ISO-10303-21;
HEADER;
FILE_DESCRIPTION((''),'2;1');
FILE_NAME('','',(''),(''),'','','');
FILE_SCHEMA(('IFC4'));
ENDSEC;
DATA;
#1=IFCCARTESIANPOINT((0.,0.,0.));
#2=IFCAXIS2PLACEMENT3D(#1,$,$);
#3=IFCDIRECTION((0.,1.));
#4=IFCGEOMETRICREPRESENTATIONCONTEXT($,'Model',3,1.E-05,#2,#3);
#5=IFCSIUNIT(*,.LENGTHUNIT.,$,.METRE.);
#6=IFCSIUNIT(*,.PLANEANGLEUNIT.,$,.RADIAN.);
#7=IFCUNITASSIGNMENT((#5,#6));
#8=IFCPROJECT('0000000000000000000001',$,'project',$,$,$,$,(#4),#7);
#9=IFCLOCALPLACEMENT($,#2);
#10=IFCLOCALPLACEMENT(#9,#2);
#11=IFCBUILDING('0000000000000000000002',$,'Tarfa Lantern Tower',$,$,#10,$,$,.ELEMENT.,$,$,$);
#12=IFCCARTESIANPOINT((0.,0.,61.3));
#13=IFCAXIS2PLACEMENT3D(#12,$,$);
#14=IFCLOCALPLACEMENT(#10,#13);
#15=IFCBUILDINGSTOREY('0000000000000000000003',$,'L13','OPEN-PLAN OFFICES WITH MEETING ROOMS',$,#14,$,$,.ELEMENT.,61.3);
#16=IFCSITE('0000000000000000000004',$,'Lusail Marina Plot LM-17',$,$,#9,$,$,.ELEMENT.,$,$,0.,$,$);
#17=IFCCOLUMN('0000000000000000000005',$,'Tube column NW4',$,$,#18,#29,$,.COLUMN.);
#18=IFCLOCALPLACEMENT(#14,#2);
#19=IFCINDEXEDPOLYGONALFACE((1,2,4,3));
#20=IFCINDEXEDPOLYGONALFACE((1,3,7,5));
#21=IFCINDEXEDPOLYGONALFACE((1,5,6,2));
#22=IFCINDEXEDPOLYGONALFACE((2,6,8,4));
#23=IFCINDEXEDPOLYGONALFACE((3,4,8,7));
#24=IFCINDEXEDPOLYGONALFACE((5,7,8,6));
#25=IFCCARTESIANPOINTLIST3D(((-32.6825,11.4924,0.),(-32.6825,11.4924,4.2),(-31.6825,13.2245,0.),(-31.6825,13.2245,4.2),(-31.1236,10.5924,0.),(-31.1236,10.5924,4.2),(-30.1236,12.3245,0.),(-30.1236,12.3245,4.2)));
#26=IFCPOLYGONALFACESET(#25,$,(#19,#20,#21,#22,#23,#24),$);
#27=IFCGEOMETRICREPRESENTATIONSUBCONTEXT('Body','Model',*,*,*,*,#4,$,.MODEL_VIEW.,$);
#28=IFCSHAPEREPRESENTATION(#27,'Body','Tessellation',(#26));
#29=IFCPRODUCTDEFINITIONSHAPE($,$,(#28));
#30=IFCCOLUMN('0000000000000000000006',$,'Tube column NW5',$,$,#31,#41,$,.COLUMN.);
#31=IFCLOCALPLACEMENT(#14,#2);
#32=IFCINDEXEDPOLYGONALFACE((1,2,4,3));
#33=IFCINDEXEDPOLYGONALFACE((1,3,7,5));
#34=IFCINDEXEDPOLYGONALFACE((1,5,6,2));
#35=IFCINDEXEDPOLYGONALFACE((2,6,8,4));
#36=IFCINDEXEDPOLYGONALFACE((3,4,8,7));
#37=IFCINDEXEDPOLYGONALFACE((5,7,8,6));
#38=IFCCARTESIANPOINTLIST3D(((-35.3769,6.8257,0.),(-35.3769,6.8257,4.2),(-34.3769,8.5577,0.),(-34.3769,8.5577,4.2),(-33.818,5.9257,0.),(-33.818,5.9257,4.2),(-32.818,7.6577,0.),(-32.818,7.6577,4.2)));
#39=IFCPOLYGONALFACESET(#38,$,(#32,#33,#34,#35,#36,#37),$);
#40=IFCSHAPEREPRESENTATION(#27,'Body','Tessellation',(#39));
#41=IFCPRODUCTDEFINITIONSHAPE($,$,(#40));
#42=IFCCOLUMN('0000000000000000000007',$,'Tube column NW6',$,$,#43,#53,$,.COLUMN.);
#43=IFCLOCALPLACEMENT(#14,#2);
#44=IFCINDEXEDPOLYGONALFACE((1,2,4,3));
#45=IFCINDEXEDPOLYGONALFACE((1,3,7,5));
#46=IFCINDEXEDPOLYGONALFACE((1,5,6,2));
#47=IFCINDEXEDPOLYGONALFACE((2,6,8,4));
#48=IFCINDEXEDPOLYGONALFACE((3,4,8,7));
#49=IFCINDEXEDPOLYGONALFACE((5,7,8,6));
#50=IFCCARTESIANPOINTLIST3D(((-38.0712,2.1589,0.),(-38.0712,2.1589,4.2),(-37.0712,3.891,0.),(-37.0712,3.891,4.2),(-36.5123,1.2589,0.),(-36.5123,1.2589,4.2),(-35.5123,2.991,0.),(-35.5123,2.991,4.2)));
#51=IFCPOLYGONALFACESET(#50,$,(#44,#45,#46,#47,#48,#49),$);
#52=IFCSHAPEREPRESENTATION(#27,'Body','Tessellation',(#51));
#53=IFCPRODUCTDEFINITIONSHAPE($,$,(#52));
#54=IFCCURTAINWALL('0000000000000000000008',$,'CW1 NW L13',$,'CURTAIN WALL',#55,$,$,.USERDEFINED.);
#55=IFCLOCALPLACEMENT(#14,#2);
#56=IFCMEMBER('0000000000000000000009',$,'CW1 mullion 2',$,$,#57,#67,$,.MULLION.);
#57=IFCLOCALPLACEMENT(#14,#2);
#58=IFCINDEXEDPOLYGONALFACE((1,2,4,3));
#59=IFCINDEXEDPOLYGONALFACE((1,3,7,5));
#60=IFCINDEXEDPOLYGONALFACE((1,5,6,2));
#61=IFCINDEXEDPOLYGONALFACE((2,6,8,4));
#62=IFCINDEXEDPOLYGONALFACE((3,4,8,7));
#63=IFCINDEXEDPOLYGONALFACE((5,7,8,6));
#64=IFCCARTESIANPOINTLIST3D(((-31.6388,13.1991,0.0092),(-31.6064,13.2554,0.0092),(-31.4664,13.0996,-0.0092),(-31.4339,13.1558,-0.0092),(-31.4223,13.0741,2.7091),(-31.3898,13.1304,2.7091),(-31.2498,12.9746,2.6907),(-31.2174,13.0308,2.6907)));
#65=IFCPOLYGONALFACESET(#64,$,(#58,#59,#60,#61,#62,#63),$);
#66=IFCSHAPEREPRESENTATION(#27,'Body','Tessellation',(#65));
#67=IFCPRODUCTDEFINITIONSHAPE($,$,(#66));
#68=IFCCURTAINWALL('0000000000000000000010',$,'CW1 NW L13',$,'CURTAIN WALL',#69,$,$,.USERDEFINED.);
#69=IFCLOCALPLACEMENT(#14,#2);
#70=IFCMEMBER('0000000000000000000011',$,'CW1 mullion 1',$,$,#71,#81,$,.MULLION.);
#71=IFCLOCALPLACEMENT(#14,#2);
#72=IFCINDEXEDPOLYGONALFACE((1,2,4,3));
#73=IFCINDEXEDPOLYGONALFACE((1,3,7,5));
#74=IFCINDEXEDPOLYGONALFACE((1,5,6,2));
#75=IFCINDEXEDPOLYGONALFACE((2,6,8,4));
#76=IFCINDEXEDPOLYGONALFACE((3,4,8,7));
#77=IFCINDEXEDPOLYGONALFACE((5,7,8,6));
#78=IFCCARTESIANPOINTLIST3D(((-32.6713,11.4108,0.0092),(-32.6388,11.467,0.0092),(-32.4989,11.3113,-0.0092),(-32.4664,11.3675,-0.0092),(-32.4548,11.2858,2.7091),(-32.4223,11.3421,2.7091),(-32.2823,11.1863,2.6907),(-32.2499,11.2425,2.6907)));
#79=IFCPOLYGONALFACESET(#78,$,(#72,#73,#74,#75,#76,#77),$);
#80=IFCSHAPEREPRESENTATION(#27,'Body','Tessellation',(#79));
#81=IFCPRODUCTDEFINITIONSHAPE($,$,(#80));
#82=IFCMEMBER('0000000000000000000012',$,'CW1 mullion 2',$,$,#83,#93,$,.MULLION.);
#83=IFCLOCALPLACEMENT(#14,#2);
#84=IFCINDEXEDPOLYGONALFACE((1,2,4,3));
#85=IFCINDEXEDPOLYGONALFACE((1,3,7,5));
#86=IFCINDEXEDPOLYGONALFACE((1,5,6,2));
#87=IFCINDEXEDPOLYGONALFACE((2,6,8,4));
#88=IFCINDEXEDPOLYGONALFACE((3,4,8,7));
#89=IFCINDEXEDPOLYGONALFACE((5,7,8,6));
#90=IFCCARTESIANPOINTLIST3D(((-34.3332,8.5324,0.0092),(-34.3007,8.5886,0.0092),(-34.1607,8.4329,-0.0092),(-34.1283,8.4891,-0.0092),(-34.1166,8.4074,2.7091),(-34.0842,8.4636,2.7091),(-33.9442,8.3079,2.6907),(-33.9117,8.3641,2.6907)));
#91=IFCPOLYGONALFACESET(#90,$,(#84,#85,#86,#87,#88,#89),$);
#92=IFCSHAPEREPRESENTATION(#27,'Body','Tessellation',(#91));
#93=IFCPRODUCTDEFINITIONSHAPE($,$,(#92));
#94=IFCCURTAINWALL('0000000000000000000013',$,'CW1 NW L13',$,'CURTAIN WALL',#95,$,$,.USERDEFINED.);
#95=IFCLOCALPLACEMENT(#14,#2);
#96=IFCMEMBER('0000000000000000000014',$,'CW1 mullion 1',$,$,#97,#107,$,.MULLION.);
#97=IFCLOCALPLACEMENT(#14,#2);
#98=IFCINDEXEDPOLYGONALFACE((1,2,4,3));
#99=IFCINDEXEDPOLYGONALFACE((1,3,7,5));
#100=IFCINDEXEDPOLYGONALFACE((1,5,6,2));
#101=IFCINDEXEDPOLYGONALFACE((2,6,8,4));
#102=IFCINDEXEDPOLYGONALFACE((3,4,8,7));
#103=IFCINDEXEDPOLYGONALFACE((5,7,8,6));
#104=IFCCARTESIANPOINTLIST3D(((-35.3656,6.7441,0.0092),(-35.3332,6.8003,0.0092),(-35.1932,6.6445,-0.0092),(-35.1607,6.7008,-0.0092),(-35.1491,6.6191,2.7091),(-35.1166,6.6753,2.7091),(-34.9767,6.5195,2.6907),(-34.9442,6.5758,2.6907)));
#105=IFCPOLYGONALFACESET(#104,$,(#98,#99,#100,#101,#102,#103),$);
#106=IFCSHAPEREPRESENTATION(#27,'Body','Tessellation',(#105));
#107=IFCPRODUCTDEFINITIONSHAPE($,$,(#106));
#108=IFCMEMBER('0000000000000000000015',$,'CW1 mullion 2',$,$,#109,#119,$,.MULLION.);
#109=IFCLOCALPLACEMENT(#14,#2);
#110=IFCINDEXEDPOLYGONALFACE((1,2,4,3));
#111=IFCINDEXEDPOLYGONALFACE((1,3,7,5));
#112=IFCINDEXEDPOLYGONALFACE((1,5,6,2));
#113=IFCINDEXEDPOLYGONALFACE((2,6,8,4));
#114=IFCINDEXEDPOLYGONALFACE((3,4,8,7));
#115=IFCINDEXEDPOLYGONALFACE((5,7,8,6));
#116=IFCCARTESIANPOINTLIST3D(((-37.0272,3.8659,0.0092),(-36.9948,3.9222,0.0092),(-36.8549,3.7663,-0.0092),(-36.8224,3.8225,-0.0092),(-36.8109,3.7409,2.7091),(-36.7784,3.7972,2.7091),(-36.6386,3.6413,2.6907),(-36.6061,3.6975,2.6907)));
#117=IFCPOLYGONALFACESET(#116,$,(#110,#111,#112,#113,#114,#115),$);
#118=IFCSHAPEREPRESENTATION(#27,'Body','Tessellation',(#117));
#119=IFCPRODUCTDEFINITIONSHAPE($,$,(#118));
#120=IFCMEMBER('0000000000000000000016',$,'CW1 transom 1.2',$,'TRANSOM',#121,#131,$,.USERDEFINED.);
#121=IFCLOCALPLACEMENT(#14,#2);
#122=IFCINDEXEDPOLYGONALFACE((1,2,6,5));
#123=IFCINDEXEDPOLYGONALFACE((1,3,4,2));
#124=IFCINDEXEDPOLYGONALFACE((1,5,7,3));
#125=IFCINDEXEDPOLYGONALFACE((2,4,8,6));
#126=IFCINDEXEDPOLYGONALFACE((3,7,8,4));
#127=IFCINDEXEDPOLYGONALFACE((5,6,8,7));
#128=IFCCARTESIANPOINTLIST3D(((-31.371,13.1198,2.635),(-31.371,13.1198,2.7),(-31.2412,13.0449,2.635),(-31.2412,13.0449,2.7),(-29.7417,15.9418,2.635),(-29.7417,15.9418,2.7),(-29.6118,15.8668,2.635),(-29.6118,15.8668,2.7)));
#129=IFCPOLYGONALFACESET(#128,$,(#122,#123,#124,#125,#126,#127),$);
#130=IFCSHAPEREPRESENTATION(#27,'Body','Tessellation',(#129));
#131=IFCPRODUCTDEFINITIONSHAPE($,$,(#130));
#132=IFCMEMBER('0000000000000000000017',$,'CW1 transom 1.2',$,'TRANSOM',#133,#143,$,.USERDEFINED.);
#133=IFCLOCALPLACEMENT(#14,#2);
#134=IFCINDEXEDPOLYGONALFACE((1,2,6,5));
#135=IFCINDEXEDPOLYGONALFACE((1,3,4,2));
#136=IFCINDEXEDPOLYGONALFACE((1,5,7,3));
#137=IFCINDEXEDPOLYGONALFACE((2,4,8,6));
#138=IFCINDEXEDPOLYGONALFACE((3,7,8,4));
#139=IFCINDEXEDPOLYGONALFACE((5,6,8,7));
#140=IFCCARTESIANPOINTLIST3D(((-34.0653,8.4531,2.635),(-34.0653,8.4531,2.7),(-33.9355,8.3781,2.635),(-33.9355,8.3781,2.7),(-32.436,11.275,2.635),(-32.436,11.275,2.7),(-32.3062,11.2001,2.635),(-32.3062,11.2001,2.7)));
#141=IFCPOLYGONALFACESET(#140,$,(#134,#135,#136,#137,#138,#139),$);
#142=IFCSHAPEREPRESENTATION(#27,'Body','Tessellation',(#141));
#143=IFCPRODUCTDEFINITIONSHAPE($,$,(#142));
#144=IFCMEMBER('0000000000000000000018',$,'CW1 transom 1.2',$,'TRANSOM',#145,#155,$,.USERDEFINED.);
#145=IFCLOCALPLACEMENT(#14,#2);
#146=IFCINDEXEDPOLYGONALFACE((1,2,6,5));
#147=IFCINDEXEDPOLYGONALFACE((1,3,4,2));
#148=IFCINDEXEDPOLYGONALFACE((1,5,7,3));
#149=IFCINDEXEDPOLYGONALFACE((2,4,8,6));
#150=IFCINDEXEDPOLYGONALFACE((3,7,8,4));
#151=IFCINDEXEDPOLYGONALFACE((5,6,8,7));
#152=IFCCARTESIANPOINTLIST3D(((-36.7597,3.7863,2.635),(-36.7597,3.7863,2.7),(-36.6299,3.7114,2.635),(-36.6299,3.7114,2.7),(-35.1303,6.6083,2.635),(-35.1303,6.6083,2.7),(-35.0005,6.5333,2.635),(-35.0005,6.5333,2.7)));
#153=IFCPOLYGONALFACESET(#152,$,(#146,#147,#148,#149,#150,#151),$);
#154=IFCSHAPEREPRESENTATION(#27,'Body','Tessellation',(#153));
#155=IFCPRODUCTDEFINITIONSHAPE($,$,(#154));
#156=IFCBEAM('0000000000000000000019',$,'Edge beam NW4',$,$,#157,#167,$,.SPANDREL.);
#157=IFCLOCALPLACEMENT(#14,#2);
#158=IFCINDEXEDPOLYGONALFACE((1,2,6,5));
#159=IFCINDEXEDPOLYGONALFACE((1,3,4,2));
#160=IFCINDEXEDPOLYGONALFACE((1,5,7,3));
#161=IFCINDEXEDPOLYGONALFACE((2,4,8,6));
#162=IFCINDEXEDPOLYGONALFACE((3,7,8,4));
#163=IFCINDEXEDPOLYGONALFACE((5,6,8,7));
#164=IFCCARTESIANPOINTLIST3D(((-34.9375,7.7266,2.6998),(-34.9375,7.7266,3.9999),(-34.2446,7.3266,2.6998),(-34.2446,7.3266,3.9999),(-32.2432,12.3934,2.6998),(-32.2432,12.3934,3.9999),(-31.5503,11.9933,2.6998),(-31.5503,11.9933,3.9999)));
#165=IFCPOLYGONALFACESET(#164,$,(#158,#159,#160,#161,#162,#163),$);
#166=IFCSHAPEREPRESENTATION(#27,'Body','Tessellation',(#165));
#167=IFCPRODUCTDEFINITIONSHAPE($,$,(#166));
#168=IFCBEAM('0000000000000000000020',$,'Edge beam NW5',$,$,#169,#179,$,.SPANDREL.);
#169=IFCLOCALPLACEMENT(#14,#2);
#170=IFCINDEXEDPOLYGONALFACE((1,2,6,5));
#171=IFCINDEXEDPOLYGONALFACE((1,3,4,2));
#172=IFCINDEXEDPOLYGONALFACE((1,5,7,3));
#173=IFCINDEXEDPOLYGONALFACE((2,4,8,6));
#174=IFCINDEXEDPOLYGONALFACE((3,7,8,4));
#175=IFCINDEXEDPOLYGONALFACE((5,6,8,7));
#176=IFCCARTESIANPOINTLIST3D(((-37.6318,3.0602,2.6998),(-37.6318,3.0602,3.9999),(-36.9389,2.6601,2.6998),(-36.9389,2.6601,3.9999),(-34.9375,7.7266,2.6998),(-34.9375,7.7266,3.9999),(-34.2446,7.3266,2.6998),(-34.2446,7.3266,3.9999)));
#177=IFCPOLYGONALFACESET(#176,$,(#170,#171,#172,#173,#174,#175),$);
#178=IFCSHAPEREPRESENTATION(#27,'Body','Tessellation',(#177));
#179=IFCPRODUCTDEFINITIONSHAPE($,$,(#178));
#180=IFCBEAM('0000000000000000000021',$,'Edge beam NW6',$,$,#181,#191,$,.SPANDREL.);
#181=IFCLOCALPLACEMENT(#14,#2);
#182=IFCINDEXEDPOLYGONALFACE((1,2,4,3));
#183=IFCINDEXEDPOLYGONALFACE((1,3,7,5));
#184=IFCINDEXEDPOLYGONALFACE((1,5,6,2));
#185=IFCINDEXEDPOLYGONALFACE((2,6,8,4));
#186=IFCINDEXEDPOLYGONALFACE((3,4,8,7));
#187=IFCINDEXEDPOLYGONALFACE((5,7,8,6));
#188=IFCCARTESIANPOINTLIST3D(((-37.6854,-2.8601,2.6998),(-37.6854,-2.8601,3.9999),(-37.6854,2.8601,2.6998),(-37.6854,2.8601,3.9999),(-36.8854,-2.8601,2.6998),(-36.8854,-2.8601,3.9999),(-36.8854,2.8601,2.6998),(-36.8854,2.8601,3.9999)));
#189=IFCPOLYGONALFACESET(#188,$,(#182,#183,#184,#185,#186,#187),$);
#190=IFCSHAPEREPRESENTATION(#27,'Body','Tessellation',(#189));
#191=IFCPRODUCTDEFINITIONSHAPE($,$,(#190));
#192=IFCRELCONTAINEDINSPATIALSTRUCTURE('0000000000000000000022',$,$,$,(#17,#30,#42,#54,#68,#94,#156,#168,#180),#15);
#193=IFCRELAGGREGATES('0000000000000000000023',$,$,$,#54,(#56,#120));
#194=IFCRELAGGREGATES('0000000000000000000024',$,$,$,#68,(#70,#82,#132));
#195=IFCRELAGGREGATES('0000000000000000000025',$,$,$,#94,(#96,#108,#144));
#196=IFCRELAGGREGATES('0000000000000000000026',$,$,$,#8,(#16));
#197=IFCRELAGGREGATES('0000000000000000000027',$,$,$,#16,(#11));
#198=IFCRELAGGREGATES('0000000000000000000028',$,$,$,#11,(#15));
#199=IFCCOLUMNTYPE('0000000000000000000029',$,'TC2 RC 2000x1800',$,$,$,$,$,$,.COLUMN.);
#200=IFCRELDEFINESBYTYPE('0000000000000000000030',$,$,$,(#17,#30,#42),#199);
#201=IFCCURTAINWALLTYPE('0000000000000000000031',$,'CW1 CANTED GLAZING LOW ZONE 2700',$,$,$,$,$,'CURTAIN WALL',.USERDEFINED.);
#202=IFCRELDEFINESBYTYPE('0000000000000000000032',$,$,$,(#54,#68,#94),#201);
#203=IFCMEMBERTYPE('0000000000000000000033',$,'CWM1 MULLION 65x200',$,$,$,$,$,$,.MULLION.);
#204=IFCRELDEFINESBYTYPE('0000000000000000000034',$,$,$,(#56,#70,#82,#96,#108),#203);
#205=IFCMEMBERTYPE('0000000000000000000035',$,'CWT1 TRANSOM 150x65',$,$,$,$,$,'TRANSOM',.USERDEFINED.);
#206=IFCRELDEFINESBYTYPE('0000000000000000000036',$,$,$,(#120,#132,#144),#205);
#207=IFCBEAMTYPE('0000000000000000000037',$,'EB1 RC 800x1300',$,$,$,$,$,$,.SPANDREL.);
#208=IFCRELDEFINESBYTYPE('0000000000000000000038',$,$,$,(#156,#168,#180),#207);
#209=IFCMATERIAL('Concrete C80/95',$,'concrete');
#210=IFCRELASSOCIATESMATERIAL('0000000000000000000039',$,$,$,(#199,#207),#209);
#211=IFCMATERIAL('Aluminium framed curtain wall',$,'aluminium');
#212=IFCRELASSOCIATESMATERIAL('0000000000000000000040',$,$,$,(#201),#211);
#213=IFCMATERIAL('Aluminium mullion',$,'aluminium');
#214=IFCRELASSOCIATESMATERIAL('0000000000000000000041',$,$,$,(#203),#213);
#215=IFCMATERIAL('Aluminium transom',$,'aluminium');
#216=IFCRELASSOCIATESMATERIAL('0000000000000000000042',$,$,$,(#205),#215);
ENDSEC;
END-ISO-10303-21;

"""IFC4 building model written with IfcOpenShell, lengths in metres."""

from ifc_helpers import new_model, si_unit, direction, frame, origin, origin_2d, place, context, subcontext, project, spatial, rectangle, extrude, material, material_profile, profile_set, type_object, element, aggregate, save


model = new_model("IFC4")

# Units and contexts
model_context = context("Model", 3, precision=1e-05, world=origin(), true_north=direction((0.0, 1.0)))
body_context = subcontext(model_context, "Body", "Model", "MODEL_VIEW")
ifc_project = project(units=[si_unit("LENGTHUNIT", "METRE"), si_unit("PLANEANGLEUNIT", "RADIAN")], contexts=[model_context])

# Site, building, storey
site_placement = place(None, origin())
site = spatial("IfcSite", under=ifc_project, at=site_placement, Name="Lusail Marina Plot LM-17", CompositionType="ELEMENT", RefElevation=0.0)
building_placement = place(site_placement, origin())
building = spatial("IfcBuilding", under=site, at=building_placement, Name="Tarfa Lantern Tower", CompositionType="ELEMENT")
storey_placement = place(building_placement, frame((0.0, 0.0, 61.3)))
storey = spatial("IfcBuildingStorey", under=building, at=storey_placement, Name="L13", Description="OPEN-PLAN OFFICES WITH MEETING ROOMS", CompositionType="ELEMENT", Elevation=61.3)

# Columns
ifc_material_1 = material(Name="Concrete C80/95", Category="concrete")
ifc_material_profile_1 = material_profile(ifc_material_1, rectangle(XDim=2.0, YDim=1.8, at=origin_2d()), Name="RC 2000x1800")
ifc_profile_set_1 = profile_set([ifc_material_profile_1], Name="Concrete C80/95")
column_type = type_object("IfcColumnType", Name="TC2 RC 2000x1800", PredefinedType="COLUMN", material=ifc_profile_set_1)
for number, where, z_axis, x_axis, name in (
    (1, (-31.4031, 11.9084, 0.0), (0.0, 0.0, 1.0), (-0.5, -0.866025, 0.0), "Tube column NW4"),
    (2, (-34.0974, 7.2417, 0.0), (0.0, 0.0, 1.0), (-0.5, -0.866025, 0.0), "Tube column NW5"),
    (3, (-36.7917, 2.575, 0.0), (0.0, 0.0, 1.0), (-0.5, -0.866025, 0.0), "Tube column NW6"),
):
    element("IfcColumn", number, at=place(storey_placement, frame(where, z_axis=z_axis, x_axis=x_axis)), inside=storey, type_object=column_type, Name=name, PredefinedType="COLUMN", context=body_context, shape_type="SweptSolid", body=[
        extrude(rectangle(XDim=2.0, YDim=1.8, at=origin_2d()), origin(), (0.0, 0.0, 1.0), 4.2),
    ])

# Curtain wall, member
ifc_material_2 = material(Name="Aluminium framed curtain wall", Category="aluminium")
curtain_wall_type = type_object("IfcCurtainWallType", Name="CW1 CANTED GLAZING LOW ZONE 2700", ElementType="CURTAIN WALL", PredefinedType="USERDEFINED", material=ifc_material_2)
curtain_wall_1_placement = place(storey_placement, origin())
curtain_wall_1 = element("IfcCurtainWall", 4, at=curtain_wall_1_placement, inside=storey, type_object=curtain_wall_type, Name="CW1 NW L13", ObjectType="CURTAIN WALL", PredefinedType="USERDEFINED")
ifc_material_3 = material(Name="Aluminium mullion", Category="aluminium")
ifc_material_profile_2 = material_profile(ifc_material_3, rectangle(XDim=0.0649, YDim=0.2, at=origin_2d()), Name="AL MULLION 65x200")
ifc_profile_set_2 = profile_set([ifc_material_profile_2], Name="Aluminium mullion")
member_type_1 = type_object("IfcMemberType", Name="CWM1 MULLION 65x200", PredefinedType="MULLION", material=ifc_profile_set_2)
member_1_placement = place(storey_placement, frame((-31.5364, 13.1775, 0.0), z_axis=(0.079864, -0.0461, 0.995739), x_axis=(0.49992, 0.866072, 0.0)))
member_1 = element("IfcMember", 5, at=member_1_placement, type_object=member_type_1, Name="CW1 mullion 2", PredefinedType="MULLION", context=body_context, shape_type="SweptSolid", body=[
    extrude(rectangle(XDim=0.0649, YDim=0.2, at=origin_2d()), origin(), (0.0, 0.0, 1.0), 2.7114),
])

# Curtain walls, members
curtain_wall_2_placement = place(storey_placement, origin())
curtain_wall_2 = element("IfcCurtainWall", 6, at=curtain_wall_2_placement, inside=storey, type_object=curtain_wall_type, Name="CW1 NW L13", ObjectType="CURTAIN WALL", PredefinedType="USERDEFINED")
member_2_placement = place(storey_placement, frame((-32.5688, 11.3892, 0.0), z_axis=(0.079864, -0.0461, 0.995739), x_axis=(0.49992, 0.866072, 0.0)))
member_2 = element("IfcMember", 7, at=member_2_placement, type_object=member_type_1, Name="CW1 mullion 1", PredefinedType="MULLION", context=body_context, shape_type="SweptSolid", body=[
    extrude(rectangle(XDim=0.0649, YDim=0.2, at=origin_2d()), origin(), (0.0, 0.0, 1.0), 2.7114),
])
member_3_placement = place(storey_placement, frame((-34.2307, 8.5107, 0.0), z_axis=(0.079864, -0.0461, 0.995739), x_axis=(0.49992, 0.866072, 0.0)))
member_3 = element("IfcMember", 8, at=member_3_placement, type_object=member_type_1, Name="CW1 mullion 2", PredefinedType="MULLION", context=body_context, shape_type="SweptSolid", body=[
    extrude(rectangle(XDim=0.0649, YDim=0.2, at=origin_2d()), origin(), (0.0, 0.0, 1.0), 2.7114),
])
curtain_wall_3_placement = place(storey_placement, origin())
curtain_wall_3 = element("IfcCurtainWall", 9, at=curtain_wall_3_placement, inside=storey, type_object=curtain_wall_type, Name="CW1 NW L13", ObjectType="CURTAIN WALL", PredefinedType="USERDEFINED")
member_4_placement = place(storey_placement, frame((-35.2632, 6.7224, 0.0), z_axis=(0.079864, -0.0461, 0.995739), x_axis=(0.49992, 0.866072, 0.0)))
member_4 = element("IfcMember", 10, at=member_4_placement, type_object=member_type_1, Name="CW1 mullion 1", PredefinedType="MULLION", context=body_context, shape_type="SweptSolid", body=[
    extrude(rectangle(XDim=0.0649, YDim=0.2, at=origin_2d()), origin(), (0.0, 0.0, 1.0), 2.7114),
])
member_5_placement = place(storey_placement, frame((-36.9248, 3.8442, 0.0), z_axis=(0.079775, -0.0461, 0.995746), x_axis=(0.500343, 0.865827, 0.0)))
member_5 = element("IfcMember", 11, at=member_5_placement, type_object=member_type_1, Name="CW1 mullion 2", PredefinedType="MULLION", context=body_context, shape_type="SweptSolid", body=[
    extrude(rectangle(XDim=0.0649, YDim=0.2, at=origin_2d()), origin(), (0.0, 0.0, 1.0), 2.7114),
])

# Members
ifc_material_4 = material(Name="Aluminium transom", Category="aluminium")
ifc_material_profile_3 = material_profile(ifc_material_4, rectangle(XDim=0.1499, YDim=0.0649, at=origin_2d()), Name="AL TRANSOM 150x65")
ifc_profile_set_3 = profile_set([ifc_material_profile_3], Name="Aluminium transom")
member_type_2 = type_object("IfcMemberType", Name="CWT1 TRANSOM 150x65", ElementType="TRANSOM", PredefinedType="USERDEFINED", material=ifc_profile_set_3)
member_6_placement = place(storey_placement, frame((-29.6768, 15.9043, 2.6675), z_axis=(-0.500023, -0.866012, 0.0), x_axis=(0.866012, -0.500023, 0.0)))
member_6 = element("IfcMember", 12, at=member_6_placement, type_object=member_type_2, Name="CW1 transom 1.2", ObjectType="TRANSOM", PredefinedType="USERDEFINED", context=body_context, shape_type="SweptSolid", body=[
    extrude(rectangle(XDim=0.1499, YDim=0.0649, at=origin_2d()), origin(), (0.0, 0.0, 1.0), 3.2585),
])
aggregate(curtain_wall_1, [member_1, member_6])
member_7_placement = place(storey_placement, frame((-32.3711, 11.2375, 2.6675), z_axis=(-0.500023, -0.866012, 0.0), x_axis=(0.866012, -0.500023, 0.0)))
member_7 = element("IfcMember", 13, at=member_7_placement, type_object=member_type_2, Name="CW1 transom 1.2", ObjectType="TRANSOM", PredefinedType="USERDEFINED", context=body_context, shape_type="SweptSolid", body=[
    extrude(rectangle(XDim=0.1499, YDim=0.0649, at=origin_2d()), origin(), (0.0, 0.0, 1.0), 3.2585),
])
member_8_placement = place(storey_placement, frame((-35.0654, 6.5708, 2.6675), z_axis=(-0.500023, -0.866012, 0.0), x_axis=(0.866012, -0.500023, 0.0)))
member_8 = element("IfcMember", 14, at=member_8_placement, type_object=member_type_2, Name="CW1 transom 1.2", ObjectType="TRANSOM", PredefinedType="USERDEFINED", context=body_context, shape_type="SweptSolid", body=[
    extrude(rectangle(XDim=0.1499, YDim=0.0649, at=origin_2d()), origin(), (0.0, 0.0, 1.0), 3.2585),
])

# Beams
ifc_material_profile_4 = material_profile(ifc_material_1, rectangle(XDim=0.8, YDim=1.3, at=origin_2d()), Name="RC 800x1300")
ifc_profile_set_4 = profile_set([ifc_material_profile_4], Name="Concrete C80/95")
beam_type_1 = type_object("IfcBeamType", Name="EB1 RC 800x1300", PredefinedType="SPANDREL", material=ifc_profile_set_4)
beam_1_placement = place(storey_placement, frame((-31.8967, 12.1934, 3.3499), z_axis=(-0.499998, -0.866026, 0.0), x_axis=(0.866026, -0.499998, 0.0)))
element("IfcBeam", 15, at=beam_1_placement, inside=storey, type_object=beam_type_1, Name="Edge beam NW4", PredefinedType="SPANDREL", context=body_context, shape_type="SweptSolid", body=[
    extrude(rectangle(XDim=0.8, YDim=1.3, at=origin_2d()), origin(), (0.0, 0.0, 1.0), 5.3887),
])
beam_2_placement = place(storey_placement, frame((-34.5911, 7.5266, 3.3499), z_axis=(-0.500018, -0.866015, 0.0), x_axis=(0.866015, -0.500018, 0.0)))
element("IfcBeam", 16, at=beam_2_placement, inside=storey, type_object=beam_type_1, Name="Edge beam NW5", PredefinedType="SPANDREL", context=body_context, shape_type="SweptSolid", body=[
    extrude(rectangle(XDim=0.8, YDim=1.3, at=origin_2d()), origin(), (0.0, 0.0, 1.0), 5.3884),
])
beam_3_placement = place(storey_placement, frame((-37.2854, 2.8601, 3.3499), z_axis=(0.0, -1.0, 0.0), x_axis=(1.0, 0.0, 0.0)))
element("IfcBeam", 17, at=beam_3_placement, inside=storey, type_object=beam_type_1, Name="Edge beam NW6", PredefinedType="SPANDREL", context=body_context, shape_type="SweptSolid", body=[
    extrude(rectangle(XDim=0.8, YDim=1.3, at=origin_2d()), origin(), (0.0, 0.0, 1.0), 5.7202),
])

aggregate(curtain_wall_2, [member_2, member_3, member_7])
aggregate(curtain_wall_3, [member_4, member_5, member_8])

save(model, "model.ifc")
